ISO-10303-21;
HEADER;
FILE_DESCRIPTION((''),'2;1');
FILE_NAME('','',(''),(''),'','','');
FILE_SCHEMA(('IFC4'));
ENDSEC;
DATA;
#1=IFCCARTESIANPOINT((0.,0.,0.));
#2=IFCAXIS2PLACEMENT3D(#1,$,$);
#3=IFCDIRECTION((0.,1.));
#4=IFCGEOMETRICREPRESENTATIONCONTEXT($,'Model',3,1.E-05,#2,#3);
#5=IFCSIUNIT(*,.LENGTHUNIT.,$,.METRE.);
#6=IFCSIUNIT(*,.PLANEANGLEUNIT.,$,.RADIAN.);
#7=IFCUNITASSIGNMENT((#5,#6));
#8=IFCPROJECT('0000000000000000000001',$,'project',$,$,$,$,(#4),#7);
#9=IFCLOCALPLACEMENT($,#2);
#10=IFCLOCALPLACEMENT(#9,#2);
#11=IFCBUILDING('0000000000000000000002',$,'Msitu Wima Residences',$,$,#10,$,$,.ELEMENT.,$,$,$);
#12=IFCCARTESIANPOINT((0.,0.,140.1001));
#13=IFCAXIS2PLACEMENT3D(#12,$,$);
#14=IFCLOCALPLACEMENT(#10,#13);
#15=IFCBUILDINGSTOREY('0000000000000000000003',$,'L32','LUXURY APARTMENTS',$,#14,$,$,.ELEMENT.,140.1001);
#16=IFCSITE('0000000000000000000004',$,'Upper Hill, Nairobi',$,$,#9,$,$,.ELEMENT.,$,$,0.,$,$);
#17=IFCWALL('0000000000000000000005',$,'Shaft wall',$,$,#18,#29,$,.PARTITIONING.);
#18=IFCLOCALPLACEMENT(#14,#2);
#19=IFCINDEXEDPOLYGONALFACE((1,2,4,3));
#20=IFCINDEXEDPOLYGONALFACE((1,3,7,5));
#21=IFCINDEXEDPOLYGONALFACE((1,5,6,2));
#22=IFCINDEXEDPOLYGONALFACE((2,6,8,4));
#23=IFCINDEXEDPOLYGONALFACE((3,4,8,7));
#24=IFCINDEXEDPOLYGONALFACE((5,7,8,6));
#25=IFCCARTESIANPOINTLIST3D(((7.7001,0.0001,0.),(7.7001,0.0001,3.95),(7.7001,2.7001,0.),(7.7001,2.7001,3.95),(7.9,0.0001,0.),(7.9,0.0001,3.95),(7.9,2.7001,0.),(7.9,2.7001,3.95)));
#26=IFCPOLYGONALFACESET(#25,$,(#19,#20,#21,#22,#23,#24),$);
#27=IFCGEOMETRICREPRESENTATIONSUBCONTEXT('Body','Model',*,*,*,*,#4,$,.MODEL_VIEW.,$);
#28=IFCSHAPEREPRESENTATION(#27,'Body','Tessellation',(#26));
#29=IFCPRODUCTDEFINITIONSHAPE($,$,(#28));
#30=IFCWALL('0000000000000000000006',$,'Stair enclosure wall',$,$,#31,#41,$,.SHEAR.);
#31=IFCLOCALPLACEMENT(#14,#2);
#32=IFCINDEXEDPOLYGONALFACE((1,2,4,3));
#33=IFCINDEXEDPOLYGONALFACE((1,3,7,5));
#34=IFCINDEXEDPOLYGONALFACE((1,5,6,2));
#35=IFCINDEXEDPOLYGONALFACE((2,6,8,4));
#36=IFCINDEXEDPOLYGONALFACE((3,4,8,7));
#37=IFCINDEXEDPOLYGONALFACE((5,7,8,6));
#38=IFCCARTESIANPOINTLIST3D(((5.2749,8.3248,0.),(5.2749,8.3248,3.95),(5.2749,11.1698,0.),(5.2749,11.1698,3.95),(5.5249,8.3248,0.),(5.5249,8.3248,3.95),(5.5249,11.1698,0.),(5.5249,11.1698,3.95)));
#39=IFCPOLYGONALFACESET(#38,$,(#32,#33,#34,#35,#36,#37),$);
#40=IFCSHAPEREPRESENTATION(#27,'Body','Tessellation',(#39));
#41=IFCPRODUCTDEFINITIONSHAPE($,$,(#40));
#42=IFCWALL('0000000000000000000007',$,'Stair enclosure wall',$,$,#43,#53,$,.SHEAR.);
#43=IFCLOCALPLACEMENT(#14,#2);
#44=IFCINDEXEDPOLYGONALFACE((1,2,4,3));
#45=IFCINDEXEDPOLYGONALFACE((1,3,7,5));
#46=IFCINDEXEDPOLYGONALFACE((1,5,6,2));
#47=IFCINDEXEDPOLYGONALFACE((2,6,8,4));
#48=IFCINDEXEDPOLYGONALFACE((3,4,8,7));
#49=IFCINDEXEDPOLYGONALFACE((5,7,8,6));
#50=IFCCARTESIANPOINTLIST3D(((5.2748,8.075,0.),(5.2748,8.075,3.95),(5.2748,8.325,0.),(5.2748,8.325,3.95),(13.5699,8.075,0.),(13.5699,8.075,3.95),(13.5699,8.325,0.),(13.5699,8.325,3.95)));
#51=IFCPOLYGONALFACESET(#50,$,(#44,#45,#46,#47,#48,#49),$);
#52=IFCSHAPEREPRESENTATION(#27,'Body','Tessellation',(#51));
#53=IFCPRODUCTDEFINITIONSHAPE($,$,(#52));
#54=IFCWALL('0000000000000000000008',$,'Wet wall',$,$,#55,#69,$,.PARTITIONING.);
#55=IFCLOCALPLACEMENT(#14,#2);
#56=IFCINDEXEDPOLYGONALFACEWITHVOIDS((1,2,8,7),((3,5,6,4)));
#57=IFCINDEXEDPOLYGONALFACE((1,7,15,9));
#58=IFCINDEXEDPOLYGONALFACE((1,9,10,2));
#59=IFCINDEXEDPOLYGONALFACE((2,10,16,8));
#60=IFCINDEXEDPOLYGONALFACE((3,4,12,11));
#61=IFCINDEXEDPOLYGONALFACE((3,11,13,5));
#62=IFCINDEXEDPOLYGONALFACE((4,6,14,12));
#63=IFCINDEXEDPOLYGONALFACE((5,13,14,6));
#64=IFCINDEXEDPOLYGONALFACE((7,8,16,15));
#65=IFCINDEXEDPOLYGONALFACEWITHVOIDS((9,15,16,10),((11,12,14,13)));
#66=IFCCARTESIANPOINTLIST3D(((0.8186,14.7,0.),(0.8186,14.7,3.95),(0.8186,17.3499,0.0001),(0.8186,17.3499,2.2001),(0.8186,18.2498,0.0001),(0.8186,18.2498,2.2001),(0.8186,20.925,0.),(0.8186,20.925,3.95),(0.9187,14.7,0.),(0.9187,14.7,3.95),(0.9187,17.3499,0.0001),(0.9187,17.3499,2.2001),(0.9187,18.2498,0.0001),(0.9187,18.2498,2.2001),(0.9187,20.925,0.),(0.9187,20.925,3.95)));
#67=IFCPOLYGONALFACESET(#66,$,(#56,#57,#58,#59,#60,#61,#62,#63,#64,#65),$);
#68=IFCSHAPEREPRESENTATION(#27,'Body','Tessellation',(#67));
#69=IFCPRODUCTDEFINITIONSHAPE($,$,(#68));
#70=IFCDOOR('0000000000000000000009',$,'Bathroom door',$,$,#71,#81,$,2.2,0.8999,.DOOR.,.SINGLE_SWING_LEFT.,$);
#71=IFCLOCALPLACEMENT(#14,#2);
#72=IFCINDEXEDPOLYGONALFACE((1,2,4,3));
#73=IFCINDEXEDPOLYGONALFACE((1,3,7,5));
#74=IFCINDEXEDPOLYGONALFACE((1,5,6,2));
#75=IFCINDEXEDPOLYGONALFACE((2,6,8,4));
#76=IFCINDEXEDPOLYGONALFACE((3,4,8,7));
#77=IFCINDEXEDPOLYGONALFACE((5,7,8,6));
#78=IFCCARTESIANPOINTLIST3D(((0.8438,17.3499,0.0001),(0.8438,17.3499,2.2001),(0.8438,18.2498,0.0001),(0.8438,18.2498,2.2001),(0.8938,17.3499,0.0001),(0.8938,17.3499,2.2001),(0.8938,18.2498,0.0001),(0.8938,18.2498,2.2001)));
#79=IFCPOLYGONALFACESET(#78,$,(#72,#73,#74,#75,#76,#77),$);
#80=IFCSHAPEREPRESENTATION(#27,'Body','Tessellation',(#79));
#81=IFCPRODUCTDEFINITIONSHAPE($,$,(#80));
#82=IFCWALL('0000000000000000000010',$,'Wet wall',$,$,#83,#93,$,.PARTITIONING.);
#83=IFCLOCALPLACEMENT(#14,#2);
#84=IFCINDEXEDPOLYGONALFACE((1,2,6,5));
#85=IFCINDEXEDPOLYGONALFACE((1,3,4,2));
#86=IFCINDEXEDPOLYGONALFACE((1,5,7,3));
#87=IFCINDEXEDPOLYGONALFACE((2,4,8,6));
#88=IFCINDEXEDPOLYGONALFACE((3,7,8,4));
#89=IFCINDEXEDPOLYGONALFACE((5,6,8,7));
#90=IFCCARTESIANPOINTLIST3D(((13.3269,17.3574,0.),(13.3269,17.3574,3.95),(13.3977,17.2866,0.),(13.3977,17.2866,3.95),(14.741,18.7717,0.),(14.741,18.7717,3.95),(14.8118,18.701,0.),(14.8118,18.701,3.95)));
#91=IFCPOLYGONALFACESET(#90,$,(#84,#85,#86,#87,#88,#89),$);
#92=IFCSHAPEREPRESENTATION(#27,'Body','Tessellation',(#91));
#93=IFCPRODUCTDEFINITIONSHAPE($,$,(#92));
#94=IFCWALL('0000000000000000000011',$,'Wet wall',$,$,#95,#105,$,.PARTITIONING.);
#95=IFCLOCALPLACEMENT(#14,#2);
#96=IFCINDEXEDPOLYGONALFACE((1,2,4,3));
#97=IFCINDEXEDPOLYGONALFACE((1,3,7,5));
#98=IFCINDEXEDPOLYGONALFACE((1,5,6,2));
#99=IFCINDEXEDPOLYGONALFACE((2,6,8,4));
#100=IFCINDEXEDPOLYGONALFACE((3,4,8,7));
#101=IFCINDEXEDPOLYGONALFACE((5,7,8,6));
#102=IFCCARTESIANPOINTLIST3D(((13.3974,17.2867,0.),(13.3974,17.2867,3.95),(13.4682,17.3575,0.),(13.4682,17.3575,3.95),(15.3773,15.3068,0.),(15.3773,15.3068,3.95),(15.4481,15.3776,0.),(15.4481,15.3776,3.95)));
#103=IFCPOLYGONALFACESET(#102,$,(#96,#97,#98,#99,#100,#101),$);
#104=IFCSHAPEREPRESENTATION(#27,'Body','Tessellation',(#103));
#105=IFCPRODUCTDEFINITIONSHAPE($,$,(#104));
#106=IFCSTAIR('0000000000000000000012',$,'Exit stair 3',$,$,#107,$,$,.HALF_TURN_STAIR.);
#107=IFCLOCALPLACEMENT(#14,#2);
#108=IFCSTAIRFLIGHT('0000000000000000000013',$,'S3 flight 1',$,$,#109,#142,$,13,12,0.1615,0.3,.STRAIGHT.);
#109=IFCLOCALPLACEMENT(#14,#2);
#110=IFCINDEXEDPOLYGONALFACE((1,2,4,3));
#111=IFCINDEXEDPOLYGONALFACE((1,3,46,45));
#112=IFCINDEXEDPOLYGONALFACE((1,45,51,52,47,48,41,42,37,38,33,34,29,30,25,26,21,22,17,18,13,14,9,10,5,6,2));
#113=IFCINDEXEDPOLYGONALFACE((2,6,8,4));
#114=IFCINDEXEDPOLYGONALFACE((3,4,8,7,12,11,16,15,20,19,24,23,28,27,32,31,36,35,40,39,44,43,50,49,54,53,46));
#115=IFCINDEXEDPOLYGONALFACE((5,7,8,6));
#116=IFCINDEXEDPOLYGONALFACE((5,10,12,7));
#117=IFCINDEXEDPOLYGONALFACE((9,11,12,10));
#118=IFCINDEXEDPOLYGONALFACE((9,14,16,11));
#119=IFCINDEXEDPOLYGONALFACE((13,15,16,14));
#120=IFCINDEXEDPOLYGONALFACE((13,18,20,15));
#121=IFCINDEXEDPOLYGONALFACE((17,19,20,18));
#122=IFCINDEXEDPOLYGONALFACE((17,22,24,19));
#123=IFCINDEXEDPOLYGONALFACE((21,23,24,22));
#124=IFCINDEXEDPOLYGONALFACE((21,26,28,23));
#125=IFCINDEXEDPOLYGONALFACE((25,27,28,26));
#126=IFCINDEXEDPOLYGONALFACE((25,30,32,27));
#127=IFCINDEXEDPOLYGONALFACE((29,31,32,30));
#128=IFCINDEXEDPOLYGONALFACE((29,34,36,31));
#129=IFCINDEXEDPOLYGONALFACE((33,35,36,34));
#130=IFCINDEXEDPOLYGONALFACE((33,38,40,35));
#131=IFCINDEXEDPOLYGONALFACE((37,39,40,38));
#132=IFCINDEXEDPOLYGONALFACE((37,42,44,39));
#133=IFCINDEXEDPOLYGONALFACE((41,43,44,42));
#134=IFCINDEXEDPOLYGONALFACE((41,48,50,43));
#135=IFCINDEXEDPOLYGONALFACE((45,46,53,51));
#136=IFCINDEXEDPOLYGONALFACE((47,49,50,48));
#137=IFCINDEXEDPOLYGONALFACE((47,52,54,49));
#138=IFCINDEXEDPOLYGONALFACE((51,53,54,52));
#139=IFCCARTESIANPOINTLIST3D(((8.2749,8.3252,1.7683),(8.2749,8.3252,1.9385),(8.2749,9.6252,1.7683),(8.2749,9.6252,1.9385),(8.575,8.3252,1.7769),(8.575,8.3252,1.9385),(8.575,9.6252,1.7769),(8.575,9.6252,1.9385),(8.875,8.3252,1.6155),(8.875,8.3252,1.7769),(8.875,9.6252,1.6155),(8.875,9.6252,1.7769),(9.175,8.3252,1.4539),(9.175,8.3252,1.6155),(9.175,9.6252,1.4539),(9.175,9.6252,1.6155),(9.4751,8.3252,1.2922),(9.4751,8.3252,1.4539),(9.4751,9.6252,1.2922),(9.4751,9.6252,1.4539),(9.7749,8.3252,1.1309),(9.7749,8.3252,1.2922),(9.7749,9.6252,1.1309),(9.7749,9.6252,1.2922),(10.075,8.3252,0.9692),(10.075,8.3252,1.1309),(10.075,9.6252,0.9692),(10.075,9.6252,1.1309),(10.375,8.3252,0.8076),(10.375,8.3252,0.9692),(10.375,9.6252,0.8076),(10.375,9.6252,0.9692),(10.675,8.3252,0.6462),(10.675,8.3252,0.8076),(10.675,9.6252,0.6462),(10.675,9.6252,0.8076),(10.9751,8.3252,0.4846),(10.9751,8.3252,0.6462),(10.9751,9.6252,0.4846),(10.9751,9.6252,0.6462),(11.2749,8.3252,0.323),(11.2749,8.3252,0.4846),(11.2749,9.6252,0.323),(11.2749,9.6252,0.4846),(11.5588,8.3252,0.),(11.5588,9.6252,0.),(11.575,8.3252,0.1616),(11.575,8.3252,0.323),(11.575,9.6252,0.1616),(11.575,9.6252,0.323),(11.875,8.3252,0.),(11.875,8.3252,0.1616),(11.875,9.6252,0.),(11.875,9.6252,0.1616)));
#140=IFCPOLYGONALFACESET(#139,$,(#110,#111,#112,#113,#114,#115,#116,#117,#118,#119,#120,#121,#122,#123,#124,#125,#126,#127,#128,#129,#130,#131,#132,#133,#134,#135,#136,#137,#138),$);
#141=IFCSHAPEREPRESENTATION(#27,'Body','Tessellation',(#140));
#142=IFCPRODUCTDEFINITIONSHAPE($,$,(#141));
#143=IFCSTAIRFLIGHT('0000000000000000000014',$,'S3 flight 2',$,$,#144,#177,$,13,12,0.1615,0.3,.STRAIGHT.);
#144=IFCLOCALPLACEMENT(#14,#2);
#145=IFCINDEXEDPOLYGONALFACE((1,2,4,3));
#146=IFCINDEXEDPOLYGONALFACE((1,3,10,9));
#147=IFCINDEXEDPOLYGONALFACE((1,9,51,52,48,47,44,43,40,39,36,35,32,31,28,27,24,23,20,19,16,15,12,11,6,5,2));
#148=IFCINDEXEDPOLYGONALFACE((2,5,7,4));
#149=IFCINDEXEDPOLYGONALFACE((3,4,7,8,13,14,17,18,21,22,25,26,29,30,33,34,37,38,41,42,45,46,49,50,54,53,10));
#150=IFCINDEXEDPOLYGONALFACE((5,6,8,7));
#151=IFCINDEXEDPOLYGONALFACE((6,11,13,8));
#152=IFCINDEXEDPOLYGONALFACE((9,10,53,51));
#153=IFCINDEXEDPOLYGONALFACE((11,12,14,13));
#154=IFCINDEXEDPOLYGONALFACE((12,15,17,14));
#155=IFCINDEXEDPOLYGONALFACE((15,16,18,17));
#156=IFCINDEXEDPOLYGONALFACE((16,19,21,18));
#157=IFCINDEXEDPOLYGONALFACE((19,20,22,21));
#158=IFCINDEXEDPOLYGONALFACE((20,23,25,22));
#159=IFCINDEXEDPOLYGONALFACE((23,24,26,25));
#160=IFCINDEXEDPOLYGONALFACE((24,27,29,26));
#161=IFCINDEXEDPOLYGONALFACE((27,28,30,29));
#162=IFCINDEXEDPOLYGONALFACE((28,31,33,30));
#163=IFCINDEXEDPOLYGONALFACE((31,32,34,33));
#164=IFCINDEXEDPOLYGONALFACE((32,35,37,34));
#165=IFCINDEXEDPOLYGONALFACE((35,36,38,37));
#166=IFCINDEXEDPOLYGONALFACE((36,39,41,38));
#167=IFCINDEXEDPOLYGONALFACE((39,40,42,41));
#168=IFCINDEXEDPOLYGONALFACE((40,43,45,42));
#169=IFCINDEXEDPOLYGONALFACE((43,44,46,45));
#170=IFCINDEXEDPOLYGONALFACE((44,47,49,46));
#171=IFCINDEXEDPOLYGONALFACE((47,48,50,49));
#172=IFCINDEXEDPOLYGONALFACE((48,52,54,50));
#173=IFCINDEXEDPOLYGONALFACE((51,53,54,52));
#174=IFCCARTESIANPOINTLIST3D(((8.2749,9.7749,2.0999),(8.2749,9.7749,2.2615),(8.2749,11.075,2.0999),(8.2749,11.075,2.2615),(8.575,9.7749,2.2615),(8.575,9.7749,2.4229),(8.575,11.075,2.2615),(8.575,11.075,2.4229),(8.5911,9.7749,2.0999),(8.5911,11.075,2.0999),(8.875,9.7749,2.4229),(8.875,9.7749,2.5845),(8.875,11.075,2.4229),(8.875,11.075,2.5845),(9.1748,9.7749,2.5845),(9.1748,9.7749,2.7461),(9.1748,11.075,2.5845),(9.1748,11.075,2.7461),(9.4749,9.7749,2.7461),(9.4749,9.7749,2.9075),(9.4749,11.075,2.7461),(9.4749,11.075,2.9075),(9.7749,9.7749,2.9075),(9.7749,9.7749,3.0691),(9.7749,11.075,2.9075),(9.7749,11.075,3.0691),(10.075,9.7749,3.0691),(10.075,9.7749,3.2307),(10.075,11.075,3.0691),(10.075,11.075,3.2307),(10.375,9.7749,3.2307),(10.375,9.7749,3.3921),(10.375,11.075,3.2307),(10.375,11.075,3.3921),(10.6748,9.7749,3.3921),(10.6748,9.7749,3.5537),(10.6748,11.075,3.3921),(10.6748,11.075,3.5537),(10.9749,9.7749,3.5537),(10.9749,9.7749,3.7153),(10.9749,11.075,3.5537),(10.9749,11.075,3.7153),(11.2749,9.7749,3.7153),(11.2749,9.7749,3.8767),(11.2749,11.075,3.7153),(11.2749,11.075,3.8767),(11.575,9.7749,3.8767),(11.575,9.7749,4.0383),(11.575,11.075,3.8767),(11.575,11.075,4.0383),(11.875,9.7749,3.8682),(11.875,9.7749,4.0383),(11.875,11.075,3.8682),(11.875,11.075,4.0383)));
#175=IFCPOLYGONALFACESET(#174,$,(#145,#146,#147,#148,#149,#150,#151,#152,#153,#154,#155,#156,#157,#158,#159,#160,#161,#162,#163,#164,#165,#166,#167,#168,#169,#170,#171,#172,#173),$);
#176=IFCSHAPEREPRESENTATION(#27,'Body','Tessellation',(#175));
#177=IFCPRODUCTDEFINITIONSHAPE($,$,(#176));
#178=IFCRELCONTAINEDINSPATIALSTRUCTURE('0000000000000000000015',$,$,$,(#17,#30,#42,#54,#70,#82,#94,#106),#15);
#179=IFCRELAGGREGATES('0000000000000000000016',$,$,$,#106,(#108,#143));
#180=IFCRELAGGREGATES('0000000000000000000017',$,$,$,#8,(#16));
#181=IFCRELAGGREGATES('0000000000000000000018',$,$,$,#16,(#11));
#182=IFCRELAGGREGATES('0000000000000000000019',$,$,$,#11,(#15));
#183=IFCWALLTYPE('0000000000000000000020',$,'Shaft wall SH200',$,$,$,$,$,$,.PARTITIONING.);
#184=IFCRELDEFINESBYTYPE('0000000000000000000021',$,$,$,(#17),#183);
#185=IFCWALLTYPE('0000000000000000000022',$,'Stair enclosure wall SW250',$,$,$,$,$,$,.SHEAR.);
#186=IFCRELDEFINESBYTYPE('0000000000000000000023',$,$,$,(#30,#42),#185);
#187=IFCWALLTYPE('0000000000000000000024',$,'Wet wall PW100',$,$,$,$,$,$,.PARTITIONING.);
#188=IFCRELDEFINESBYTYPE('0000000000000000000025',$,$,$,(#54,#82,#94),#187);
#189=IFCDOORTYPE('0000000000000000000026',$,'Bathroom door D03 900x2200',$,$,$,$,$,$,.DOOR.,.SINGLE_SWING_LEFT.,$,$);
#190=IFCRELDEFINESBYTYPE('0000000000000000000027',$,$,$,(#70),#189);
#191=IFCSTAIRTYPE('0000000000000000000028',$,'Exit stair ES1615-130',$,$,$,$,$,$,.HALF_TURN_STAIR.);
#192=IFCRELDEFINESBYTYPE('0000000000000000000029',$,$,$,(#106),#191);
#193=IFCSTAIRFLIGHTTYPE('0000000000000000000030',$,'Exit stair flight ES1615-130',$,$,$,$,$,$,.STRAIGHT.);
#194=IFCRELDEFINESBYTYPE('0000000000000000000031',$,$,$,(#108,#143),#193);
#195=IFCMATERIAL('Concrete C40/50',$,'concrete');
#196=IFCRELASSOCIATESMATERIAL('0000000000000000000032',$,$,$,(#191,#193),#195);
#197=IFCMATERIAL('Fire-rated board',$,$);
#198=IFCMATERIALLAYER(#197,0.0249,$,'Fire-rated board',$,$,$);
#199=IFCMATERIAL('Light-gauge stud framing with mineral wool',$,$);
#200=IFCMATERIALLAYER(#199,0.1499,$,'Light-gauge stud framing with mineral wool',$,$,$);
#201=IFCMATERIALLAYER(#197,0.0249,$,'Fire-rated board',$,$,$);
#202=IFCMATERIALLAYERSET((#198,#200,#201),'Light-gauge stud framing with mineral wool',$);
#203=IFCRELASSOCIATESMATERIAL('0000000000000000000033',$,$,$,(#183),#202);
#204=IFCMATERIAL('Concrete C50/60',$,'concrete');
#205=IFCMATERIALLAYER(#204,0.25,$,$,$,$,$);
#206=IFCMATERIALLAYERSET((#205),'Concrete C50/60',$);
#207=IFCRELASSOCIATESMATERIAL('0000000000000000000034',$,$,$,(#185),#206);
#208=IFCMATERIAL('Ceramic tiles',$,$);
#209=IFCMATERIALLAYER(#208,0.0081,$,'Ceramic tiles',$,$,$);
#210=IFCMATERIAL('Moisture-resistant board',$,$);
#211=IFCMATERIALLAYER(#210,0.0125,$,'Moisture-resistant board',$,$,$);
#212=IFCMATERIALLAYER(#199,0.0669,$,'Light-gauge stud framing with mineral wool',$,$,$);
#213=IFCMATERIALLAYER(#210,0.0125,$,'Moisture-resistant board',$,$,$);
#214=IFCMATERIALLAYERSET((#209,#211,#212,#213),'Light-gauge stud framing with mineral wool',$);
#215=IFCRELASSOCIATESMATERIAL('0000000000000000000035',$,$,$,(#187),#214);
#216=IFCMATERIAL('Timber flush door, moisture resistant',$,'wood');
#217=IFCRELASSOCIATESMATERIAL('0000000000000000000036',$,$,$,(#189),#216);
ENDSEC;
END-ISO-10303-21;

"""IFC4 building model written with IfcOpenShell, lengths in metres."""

from ifc_helpers import new_model, si_unit, direction, frame, frame_2d, origin, place, context, subcontext, project, spatial, polyline, rectangle, outline, extrude, material, layer, layer_set, type_object, element, fill, aggregate, save


model = new_model("IFC4")

# Units and contexts
model_context = context("Model", 3, precision=1e-05, world=origin(), true_north=direction((0.0, 1.0)))
body_context = subcontext(model_context, "Body", "Model", "MODEL_VIEW")
ifc_project = project(units=[si_unit("LENGTHUNIT", "METRE"), si_unit("PLANEANGLEUNIT", "RADIAN")], contexts=[model_context])

# Site, building, storey
site_placement = place(None, origin())
site = spatial("IfcSite", under=ifc_project, at=site_placement, Name="Upper Hill, Nairobi", CompositionType="ELEMENT", RefElevation=0.0)
building_placement = place(site_placement, origin())
building = spatial("IfcBuilding", under=site, at=building_placement, Name="Msitu Wima Residences", CompositionType="ELEMENT")
storey_placement = place(building_placement, frame((0.0, 0.0, 140.1001)))
storey = spatial("IfcBuildingStorey", under=building, at=storey_placement, Name="L32", Description="LUXURY APARTMENTS", CompositionType="ELEMENT", Elevation=140.1001)

# Shared definitions
ifc_material_1 = material(Name="Concrete C40/50", Category="concrete")

# Shared definitions
stair_type = type_object("IfcStairType", Name="Exit stair ES1615-130", PredefinedType="HALF_TURN_STAIR", material=ifc_material_1)

# Walls
ifc_material_2 = material(Name="Fire-rated board")
ifc_layer_1 = layer(ifc_material_2, 0.0249, Name="Fire-rated board")
ifc_material_3 = material(Name="Light-gauge stud framing with mineral wool")
ifc_layer_2 = layer(ifc_material_3, 0.1499, Name="Light-gauge stud framing with mineral wool")
ifc_layer_3 = layer(ifc_material_2, 0.0249, Name="Fire-rated board")
ifc_layer_set_1 = layer_set([ifc_layer_1, ifc_layer_2, ifc_layer_3], Name="Light-gauge stud framing with mineral wool")
wall_type_1 = type_object("IfcWallType", Name="Shaft wall SH200", PredefinedType="PARTITIONING", material=ifc_layer_set_1)
wall_1_placement = place(storey_placement, frame((7.8, 0.0, 0.0), z_axis=(0.0, 0.0, 1.0), x_axis=(0.0, 1.0, 0.0)))
element("IfcWall", 1, at=wall_1_placement, inside=storey, type_object=wall_type_1, Name="Shaft wall", PredefinedType="PARTITIONING", context=body_context, shape_type="SweptSolid", body=[
    extrude(rectangle(XDim=2.7, YDim=0.2, at=frame_2d((1.3501, 0.0))), origin(), (0.0, 0.0, 1.0), 3.95),
])
ifc_material_4 = material(Name="Concrete C50/60", Category="concrete")
ifc_layer_4 = layer(ifc_material_4, 0.25)
ifc_layer_set_2 = layer_set([ifc_layer_4], Name="Concrete C50/60")
wall_type_2 = type_object("IfcWallType", Name="Stair enclosure wall SW250", PredefinedType="SHEAR", material=ifc_layer_set_2)
wall_2_placement = place(storey_placement, frame((5.3999, 8.325, 0.0), z_axis=(0.0, 0.0, 1.0), x_axis=(0.0, 1.0, 0.0)))
element("IfcWall", 2, at=wall_2_placement, inside=storey, type_object=wall_type_2, Name="Stair enclosure wall", PredefinedType="SHEAR", context=body_context, shape_type="SweptSolid", body=[
    extrude(rectangle(XDim=2.845, YDim=0.25, at=frame_2d((1.4224, 0.0))), origin(), (0.0, 0.0, 1.0), 3.95),
])
wall_3_placement = place(storey_placement, frame((5.2749, 8.2, 0.0), z_axis=(0.0, 0.0, 1.0), x_axis=(1.0, 0.0, 0.0)))
element("IfcWall", 3, at=wall_3_placement, inside=storey, type_object=wall_type_2, Name="Stair enclosure wall", PredefinedType="SHEAR", context=body_context, shape_type="SweptSolid", body=[
    extrude(rectangle(XDim=8.2952, YDim=0.25, at=frame_2d((4.1475, 0.0))), origin(), (0.0, 0.0, 1.0), 3.95),
])

# Wall, opening, door
ifc_material_5 = material(Name="Ceramic tiles")
ifc_layer_5 = layer(ifc_material_5, 0.0081, Name="Ceramic tiles")
ifc_material_6 = material(Name="Moisture-resistant board")
ifc_layer_6 = layer(ifc_material_6, 0.0125, Name="Moisture-resistant board")
ifc_layer_7 = layer(ifc_material_3, 0.0669, Name="Light-gauge stud framing with mineral wool")
ifc_layer_8 = layer(ifc_material_6, 0.0125, Name="Moisture-resistant board")
ifc_layer_set_3 = layer_set([ifc_layer_5, ifc_layer_6, ifc_layer_7, ifc_layer_8], Name="Light-gauge stud framing with mineral wool")
wall_type_3 = type_object("IfcWallType", Name="Wet wall PW100", PredefinedType="PARTITIONING", material=ifc_layer_set_3)
wall_4_placement = place(storey_placement, frame((0.8687, 14.7, 0.0), z_axis=(0.0, 0.0, 1.0), x_axis=(0.0, 1.0, 0.0)))
wall_4 = element("IfcWall", 4, at=wall_4_placement, inside=storey, type_object=wall_type_3, Name="Wet wall", PredefinedType="PARTITIONING", context=body_context, shape_type="SweptSolid", body=[
    extrude(rectangle(XDim=6.2251, YDim=0.1001, at=frame_2d((3.1125, 0.0))), origin(), (0.0, 0.0, 1.0), 3.95),
])
opening_1_placement = place(wall_4_placement, frame((2.6499, 0.0, 0.0)))
opening_1 = element("IfcOpeningElement", 5, at=opening_1_placement, cuts=wall_4, PredefinedType="OPENING", context=body_context, shape_type="SweptSolid", body=[
    extrude(rectangle(XDim=0.8999, YDim=2.2, at=frame_2d((0.45, 1.1001))), frame((0.0, 0.0601, 0.0), z_axis=(0.0, -1.0, 0.0), x_axis=(1.0, 0.0, 0.0)), (0.0, 0.0, 1.0), 0.1201),
])
ifc_material_7 = material(Name="Timber flush door, moisture resistant", Category="wood")
door_type_1 = type_object("IfcDoorType", Name="Bathroom door D03 900x2200", OperationType="SINGLE_SWING_LEFT", PredefinedType="DOOR", material=ifc_material_7)
door_1_placement = place(opening_1_placement, origin())
door_1 = element("IfcDoor", 6, at=door_1_placement, inside=storey, type_object=door_type_1, Name="Bathroom door", OperationType="SINGLE_SWING_LEFT", OverallHeight=2.2, OverallWidth=0.8999, PredefinedType="DOOR", context=body_context, shape_type="SweptSolid", body=[
    extrude(rectangle(XDim=0.8999, YDim=2.2, at=frame_2d((0.45, 1.1001))), frame((0.0, 0.0249, 0.0), z_axis=(0.0, -1.0, 0.0), x_axis=(1.0, 0.0, 0.0)), (0.0, 0.0, 1.0), 0.05),
])
fill(opening_1, door_1)

# Walls
wall_5_placement = place(storey_placement, frame((13.3623, 17.322, 0.0), z_axis=(0.0, 0.0, 1.0), x_axis=(0.707046, 0.707168, 0.0)))
element("IfcWall", 7, at=wall_5_placement, inside=storey, type_object=wall_type_3, Name="Wet wall", PredefinedType="PARTITIONING", context=body_context, shape_type="SweptSolid", body=[
    extrude(rectangle(XDim=2.0, YDim=0.1001, at=frame_2d((1.0, 0.0))), origin(), (0.0, 0.0, 1.0), 3.95),
])
wall_6_placement = place(storey_placement, frame((13.4329, 17.322, 0.0), z_axis=(0.0, 0.0, 1.0), x_axis=(0.707107, -0.707107, 0.0)))
element("IfcWall", 8, at=wall_6_placement, inside=storey, type_object=wall_type_3, Name="Wet wall", PredefinedType="PARTITIONING", context=body_context, shape_type="SweptSolid", body=[
    extrude(rectangle(XDim=2.8, YDim=0.1001, at=frame_2d((1.3999, 0.0))), origin(), (0.0, 0.0, 1.0), 3.95),
])

# Stair, stair flights
stair_1_placement = place(storey_placement, origin())
stair_1 = element("IfcStair", 9, at=stair_1_placement, inside=storey, type_object=stair_type, Name="Exit stair 3", PredefinedType="HALF_TURN_STAIR")
stair_flight_type = type_object("IfcStairFlightType", Name="Exit stair flight ES1615-130", PredefinedType="STRAIGHT", material=ifc_material_1)
stair_flight_1_placement = place(storey_placement, frame((11.875, 8.9751, 0.0), z_axis=(0.0, 0.0, 1.0), x_axis=(-1.0, 0.0, 0.0)))
stair_flight_1 = element("IfcStairFlight", 10, at=stair_flight_1_placement, type_object=stair_flight_type, Name="S3 flight 1", NumberOfRisers=13, NumberOfTreads=12, PredefinedType="STRAIGHT", RiserHeight=0.1615, TreadLength=0.3, context=body_context, shape_type="SweptSolid", body=[
    extrude(outline(polyline([(0.0, 0.0), (0.0, 0.1616), (0.3, 0.1616), (0.3, 0.323), (0.6001, 0.323), (0.6001, 0.4846), (0.8999, 0.4846), (0.8999, 0.6462), (1.2, 0.6462), (1.2, 0.8076), (1.5, 0.8076), (1.5, 0.9692), (1.8, 0.9692), (1.8, 1.1309), (2.1001, 1.1309), (2.1001, 1.2922), (2.3999, 1.2922), (2.3999, 1.4539), (2.7, 1.4539), (2.7, 1.6155), (3.0, 1.6155), (3.0, 1.7769), (3.3, 1.7769), (3.3, 1.9385), (3.6001, 1.9385), (3.6001, 2.1001), (3.6001, 1.7683), (0.3162, 0.0), (0.0, 0.0)])), frame((0.0, 0.6499, 0.0), z_axis=(0.0, -1.0, 0.0), x_axis=(1.0, 0.0, 0.0)), (0.0, 0.0, 1.0), 1.3),
])
stair_flight_2_placement = place(storey_placement, frame((8.2749, 10.425, 2.0999), z_axis=(0.0, 0.0, 1.0), x_axis=(1.0, 0.0, 0.0)))
stair_flight_2 = element("IfcStairFlight", 11, at=stair_flight_2_placement, type_object=stair_flight_type, Name="S3 flight 2", NumberOfRisers=13, NumberOfTreads=12, PredefinedType="STRAIGHT", RiserHeight=0.1615, TreadLength=0.3, context=body_context, shape_type="SweptSolid", body=[
    extrude(outline(polyline([(0.0, 0.0), (0.0, 0.1616), (0.3, 0.1616), (0.3, 0.323), (0.6001, 0.323), (0.6001, 0.4846), (0.8999, 0.4846), (0.8999, 0.6462), (1.2, 0.6462), (1.2, 0.8076), (1.5, 0.8076), (1.5, 0.9692), (1.8, 0.9692), (1.8, 1.1309), (2.1001, 1.1309), (2.1001, 1.2922), (2.3999, 1.2922), (2.3999, 1.4539), (2.7, 1.4539), (2.7, 1.6155), (3.0, 1.6155), (3.0, 1.7769), (3.3, 1.7769), (3.3, 1.9385), (3.6001, 1.9385), (3.6001, 2.1001), (3.6001, 1.7683), (0.3162, 0.0), (0.0, 0.0)])), frame((0.0, 0.6499, 0.0), z_axis=(0.0, -1.0, 0.0), x_axis=(1.0, 0.0, 0.0)), (0.0, 0.0, 1.0), 1.3),
])
aggregate(stair_1, [stair_flight_1, stair_flight_2])

save(model, "model.ifc")
